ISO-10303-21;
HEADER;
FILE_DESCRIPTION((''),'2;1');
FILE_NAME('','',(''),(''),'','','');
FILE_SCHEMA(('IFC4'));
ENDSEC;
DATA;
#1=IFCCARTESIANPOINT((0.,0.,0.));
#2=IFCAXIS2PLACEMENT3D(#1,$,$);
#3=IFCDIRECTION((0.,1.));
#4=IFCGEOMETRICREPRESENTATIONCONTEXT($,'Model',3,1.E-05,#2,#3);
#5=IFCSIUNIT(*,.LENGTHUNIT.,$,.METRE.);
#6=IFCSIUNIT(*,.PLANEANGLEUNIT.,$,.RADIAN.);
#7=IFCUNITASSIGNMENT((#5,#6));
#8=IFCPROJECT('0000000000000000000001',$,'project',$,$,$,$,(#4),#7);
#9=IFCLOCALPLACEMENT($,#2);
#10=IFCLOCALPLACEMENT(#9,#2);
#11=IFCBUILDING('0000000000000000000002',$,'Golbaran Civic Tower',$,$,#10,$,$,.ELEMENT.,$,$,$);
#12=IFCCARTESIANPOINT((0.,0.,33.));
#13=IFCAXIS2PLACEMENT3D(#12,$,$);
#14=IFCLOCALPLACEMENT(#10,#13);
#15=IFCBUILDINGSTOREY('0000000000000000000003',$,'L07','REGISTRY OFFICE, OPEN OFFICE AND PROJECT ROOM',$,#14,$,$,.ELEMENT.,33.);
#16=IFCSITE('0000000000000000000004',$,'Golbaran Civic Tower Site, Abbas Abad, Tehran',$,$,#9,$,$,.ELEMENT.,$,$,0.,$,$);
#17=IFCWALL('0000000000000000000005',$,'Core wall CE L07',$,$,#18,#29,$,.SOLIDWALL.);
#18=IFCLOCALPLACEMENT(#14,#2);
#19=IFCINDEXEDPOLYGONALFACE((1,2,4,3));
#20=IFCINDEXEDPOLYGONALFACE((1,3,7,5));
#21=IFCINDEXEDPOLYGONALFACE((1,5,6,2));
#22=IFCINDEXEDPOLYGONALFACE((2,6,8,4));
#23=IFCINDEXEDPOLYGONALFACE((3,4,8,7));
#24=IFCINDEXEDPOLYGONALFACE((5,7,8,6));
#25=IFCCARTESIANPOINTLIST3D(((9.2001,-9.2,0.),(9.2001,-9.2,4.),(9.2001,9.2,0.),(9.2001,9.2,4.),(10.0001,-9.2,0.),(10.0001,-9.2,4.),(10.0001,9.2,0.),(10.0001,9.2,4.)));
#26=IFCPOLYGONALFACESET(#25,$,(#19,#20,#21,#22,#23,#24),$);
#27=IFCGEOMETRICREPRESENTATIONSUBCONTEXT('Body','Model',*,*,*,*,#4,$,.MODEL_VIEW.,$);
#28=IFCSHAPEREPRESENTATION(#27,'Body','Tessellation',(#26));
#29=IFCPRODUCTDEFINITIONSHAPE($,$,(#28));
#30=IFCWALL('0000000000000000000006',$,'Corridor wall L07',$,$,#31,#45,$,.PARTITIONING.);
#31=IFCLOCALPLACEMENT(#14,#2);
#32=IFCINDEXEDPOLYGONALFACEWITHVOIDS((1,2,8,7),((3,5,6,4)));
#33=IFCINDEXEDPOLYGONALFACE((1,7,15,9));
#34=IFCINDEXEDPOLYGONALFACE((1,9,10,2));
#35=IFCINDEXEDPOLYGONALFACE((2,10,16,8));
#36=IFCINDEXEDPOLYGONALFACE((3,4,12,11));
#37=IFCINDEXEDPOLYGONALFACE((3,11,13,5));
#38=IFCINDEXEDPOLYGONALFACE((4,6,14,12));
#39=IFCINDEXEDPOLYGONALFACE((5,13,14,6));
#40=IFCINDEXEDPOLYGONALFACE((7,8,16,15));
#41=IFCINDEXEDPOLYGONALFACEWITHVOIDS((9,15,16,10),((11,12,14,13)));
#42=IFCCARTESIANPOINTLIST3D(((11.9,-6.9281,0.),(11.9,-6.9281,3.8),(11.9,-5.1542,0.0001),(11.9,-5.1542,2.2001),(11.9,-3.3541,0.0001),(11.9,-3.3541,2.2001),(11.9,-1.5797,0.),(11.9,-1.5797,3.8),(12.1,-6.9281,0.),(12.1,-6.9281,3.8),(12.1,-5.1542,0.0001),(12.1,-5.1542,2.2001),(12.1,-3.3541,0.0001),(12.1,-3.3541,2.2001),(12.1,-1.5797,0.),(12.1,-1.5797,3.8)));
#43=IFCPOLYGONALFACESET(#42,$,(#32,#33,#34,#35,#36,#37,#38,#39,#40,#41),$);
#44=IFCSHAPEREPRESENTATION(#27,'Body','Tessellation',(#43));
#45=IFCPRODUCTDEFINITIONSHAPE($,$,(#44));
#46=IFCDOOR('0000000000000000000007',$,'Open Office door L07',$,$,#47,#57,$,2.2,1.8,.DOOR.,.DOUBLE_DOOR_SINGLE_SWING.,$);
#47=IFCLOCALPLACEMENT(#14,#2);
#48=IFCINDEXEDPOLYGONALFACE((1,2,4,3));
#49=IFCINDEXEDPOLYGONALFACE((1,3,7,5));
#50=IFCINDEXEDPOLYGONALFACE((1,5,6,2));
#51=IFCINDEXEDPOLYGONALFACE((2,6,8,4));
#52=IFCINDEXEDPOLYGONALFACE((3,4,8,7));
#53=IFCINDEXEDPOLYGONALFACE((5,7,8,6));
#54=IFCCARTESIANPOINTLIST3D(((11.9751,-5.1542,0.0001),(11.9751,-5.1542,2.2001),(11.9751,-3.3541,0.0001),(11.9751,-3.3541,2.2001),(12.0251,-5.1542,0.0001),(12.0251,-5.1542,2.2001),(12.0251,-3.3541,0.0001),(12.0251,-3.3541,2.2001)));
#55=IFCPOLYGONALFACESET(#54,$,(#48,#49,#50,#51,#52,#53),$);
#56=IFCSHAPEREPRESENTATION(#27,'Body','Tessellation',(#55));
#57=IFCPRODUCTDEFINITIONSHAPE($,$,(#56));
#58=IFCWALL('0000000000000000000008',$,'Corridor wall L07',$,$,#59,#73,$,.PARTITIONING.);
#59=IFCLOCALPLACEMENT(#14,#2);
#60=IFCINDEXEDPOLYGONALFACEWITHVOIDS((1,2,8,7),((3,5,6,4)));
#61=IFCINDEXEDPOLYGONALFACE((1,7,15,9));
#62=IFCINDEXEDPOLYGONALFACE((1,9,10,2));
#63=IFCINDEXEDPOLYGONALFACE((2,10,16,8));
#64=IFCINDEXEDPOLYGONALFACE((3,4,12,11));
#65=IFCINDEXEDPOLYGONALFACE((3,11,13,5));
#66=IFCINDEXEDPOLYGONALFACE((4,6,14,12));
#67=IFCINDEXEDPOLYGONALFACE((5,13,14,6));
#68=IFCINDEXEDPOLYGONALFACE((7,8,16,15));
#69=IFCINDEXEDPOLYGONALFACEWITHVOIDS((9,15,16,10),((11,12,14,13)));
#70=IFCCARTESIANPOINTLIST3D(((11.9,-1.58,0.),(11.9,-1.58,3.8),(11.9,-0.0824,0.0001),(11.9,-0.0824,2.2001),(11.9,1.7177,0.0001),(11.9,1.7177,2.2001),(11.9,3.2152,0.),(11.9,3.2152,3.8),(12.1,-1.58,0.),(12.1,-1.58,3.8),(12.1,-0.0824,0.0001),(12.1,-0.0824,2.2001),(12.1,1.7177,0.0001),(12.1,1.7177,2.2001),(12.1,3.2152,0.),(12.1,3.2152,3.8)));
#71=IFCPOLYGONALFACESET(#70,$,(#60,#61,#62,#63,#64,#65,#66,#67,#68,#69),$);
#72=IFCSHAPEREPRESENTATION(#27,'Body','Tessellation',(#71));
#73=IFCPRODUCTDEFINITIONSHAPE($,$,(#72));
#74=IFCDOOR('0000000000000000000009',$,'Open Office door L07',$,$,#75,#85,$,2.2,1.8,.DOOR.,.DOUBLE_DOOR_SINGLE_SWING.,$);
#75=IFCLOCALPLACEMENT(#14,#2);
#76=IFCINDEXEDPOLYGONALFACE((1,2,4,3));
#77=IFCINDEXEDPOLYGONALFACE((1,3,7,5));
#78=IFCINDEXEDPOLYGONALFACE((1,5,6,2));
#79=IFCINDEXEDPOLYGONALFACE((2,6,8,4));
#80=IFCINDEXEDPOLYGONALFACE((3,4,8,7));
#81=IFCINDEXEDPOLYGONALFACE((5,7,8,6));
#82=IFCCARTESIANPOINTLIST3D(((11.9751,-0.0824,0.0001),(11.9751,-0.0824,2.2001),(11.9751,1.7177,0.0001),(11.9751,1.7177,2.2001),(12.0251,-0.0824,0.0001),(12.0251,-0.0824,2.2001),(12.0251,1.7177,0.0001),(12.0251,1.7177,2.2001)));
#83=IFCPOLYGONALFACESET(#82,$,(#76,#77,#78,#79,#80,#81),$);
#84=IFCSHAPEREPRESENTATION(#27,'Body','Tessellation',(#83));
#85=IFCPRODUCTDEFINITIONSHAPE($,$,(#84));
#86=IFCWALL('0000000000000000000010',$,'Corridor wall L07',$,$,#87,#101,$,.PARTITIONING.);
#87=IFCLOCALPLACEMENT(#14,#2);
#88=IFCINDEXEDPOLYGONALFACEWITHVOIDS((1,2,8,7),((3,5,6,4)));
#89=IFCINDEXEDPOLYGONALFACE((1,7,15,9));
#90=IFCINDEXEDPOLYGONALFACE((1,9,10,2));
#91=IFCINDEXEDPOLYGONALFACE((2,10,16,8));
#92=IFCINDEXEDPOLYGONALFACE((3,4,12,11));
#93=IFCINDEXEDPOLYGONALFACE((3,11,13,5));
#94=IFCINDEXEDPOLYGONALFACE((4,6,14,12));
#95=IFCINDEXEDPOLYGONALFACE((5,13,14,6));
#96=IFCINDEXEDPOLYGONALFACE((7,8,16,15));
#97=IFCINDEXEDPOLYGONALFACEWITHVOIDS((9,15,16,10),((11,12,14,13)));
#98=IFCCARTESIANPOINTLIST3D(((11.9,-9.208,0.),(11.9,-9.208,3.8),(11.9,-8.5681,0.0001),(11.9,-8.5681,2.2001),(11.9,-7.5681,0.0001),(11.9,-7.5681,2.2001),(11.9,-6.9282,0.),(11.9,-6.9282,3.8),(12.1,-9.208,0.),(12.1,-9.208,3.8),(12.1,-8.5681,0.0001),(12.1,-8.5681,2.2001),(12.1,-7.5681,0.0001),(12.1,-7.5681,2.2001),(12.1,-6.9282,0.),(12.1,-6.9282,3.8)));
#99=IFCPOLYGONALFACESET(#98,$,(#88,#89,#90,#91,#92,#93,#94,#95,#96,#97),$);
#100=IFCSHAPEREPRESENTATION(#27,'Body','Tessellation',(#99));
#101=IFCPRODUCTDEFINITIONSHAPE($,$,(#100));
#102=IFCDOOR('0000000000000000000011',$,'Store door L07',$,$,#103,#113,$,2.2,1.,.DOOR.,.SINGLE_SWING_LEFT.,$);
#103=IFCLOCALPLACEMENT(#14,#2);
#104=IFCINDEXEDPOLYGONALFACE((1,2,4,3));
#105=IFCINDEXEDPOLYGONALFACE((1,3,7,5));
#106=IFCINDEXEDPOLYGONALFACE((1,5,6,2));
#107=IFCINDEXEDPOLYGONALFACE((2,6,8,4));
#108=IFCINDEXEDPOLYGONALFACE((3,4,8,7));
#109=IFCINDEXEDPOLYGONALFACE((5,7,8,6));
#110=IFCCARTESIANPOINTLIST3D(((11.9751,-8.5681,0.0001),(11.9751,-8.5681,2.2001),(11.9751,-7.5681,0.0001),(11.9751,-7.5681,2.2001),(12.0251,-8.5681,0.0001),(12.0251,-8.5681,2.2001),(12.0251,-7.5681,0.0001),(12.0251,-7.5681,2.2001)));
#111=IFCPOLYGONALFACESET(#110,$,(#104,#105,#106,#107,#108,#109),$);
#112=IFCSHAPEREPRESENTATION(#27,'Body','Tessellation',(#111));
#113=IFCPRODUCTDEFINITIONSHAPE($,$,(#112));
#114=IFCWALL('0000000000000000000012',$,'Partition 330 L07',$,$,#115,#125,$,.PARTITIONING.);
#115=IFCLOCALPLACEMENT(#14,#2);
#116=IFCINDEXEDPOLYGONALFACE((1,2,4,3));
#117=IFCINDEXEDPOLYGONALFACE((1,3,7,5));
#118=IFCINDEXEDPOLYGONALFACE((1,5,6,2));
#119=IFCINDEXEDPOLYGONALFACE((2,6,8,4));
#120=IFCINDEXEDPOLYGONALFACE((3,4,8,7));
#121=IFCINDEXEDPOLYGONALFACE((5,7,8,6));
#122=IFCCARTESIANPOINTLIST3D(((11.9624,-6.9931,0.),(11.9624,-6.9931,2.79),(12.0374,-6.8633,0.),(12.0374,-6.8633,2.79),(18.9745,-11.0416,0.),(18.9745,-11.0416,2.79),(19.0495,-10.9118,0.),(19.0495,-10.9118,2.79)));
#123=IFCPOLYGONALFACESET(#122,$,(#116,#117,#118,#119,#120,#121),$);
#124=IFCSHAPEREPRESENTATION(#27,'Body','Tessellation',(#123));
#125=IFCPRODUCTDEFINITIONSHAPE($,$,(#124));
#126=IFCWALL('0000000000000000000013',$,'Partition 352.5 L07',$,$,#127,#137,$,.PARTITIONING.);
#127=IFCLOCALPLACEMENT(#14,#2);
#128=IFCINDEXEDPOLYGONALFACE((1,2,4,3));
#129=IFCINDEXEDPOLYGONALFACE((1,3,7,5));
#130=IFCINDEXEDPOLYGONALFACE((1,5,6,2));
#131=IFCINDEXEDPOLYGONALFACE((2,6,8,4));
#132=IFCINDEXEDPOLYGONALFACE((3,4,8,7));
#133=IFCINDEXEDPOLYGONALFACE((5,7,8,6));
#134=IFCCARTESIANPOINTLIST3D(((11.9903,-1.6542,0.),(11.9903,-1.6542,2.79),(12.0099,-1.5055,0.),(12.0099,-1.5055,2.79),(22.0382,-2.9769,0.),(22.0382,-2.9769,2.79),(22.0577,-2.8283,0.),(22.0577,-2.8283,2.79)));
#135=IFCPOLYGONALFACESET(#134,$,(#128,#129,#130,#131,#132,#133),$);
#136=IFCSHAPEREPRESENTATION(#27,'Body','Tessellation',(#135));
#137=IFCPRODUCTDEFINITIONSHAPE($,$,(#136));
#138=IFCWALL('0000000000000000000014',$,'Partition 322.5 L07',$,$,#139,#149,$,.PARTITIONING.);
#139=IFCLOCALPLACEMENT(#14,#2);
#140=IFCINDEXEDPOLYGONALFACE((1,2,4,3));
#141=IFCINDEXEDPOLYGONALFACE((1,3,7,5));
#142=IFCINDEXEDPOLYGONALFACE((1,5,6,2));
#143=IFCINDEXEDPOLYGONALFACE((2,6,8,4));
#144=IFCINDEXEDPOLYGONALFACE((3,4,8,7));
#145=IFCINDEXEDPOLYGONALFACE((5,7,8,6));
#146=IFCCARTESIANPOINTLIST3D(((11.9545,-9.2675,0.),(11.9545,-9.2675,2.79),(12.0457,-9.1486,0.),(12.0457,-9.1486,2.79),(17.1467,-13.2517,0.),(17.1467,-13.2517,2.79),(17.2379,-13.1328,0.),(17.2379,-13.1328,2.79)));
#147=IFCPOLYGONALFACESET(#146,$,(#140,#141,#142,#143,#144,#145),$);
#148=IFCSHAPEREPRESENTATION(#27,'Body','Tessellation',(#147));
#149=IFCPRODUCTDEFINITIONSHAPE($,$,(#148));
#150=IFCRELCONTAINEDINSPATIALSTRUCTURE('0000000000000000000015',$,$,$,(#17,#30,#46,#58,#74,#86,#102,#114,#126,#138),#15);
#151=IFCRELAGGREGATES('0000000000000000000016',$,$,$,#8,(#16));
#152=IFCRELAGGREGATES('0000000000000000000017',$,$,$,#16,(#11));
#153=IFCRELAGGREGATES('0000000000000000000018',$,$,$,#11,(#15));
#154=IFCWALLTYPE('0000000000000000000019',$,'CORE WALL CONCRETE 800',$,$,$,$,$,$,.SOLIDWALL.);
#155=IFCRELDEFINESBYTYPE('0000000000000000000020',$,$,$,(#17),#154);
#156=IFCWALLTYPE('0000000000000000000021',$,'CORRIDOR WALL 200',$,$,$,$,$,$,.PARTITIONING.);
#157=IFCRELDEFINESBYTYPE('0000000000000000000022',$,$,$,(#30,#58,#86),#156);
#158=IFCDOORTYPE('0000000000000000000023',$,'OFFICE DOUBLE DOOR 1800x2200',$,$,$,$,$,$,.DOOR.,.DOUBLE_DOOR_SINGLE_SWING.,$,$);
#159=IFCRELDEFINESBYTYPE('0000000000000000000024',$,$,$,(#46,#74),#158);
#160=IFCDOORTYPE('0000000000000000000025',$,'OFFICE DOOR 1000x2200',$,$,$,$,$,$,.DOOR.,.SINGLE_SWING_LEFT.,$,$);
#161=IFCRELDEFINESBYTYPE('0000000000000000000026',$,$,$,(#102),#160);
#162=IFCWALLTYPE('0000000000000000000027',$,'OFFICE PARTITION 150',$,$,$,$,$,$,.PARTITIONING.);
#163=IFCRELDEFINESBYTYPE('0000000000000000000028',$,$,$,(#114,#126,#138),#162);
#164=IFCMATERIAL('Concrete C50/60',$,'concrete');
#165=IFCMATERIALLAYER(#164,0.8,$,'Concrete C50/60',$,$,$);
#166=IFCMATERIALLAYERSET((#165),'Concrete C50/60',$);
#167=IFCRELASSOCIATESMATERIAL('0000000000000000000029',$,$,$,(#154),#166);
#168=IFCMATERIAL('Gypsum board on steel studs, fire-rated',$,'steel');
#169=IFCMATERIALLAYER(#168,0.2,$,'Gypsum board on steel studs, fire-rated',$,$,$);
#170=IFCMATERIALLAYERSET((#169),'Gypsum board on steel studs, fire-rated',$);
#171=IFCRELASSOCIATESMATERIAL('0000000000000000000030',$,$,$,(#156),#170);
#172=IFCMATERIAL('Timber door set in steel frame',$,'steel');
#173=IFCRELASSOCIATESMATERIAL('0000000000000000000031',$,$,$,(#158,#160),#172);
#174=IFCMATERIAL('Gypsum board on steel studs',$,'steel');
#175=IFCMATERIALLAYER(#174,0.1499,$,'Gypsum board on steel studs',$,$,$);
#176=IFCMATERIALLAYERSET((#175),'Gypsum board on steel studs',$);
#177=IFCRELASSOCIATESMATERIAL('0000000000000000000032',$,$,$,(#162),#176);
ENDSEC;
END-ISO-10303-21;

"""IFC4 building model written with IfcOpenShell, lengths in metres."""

from ifc_helpers import new_model, si_unit, direction, frame, frame_2d, origin, place, context, subcontext, project, spatial, rectangle, extrude, material, layer, layer_set, type_object, element, fill, save


model = new_model("IFC4")

# Units and contexts
model_context = context("Model", 3, precision=1e-05, world=origin(), true_north=direction((0.0, 1.0)))
body_context = subcontext(model_context, "Body", "Model", "MODEL_VIEW")
ifc_project = project(units=[si_unit("LENGTHUNIT", "METRE"), si_unit("PLANEANGLEUNIT", "RADIAN")], contexts=[model_context])

# Site, building, storey
site_placement = place(None, origin())
site = spatial("IfcSite", under=ifc_project, at=site_placement, Name="Golbaran Civic Tower Site, Abbas Abad, Tehran", CompositionType="ELEMENT", RefElevation=0.0)
building_placement = place(site_placement, origin())
building = spatial("IfcBuilding", under=site, at=building_placement, Name="Golbaran Civic Tower", CompositionType="ELEMENT")
storey_placement = place(building_placement, frame((0.0, 0.0, 33.0)))
storey = spatial("IfcBuildingStorey", under=building, at=storey_placement, Name="L07", Description="REGISTRY OFFICE, OPEN OFFICE AND PROJECT ROOM", CompositionType="ELEMENT", Elevation=33.0)

# Shared definitions
ifc_material_1 = material(Name="Concrete C50/60", Category="concrete")
ifc_layer_1 = layer(ifc_material_1, 0.8, Name="Concrete C50/60")
ifc_layer_set_1 = layer_set([ifc_layer_1], Name="Concrete C50/60")
wall_type_1 = type_object("IfcWallType", Name="CORE WALL CONCRETE 800", PredefinedType="SOLIDWALL", material=ifc_layer_set_1)
ifc_material_2 = material(Name="Timber door set in steel frame", Category="steel")

# Wall
wall_1_placement = place(storey_placement, frame((9.6001, -9.2, 0.0), z_axis=(0.0, 0.0, 1.0), x_axis=(0.0, 1.0, 0.0)))
element("IfcWall", 1, at=wall_1_placement, inside=storey, type_object=wall_type_1, Name="Core wall CE L07", PredefinedType="SOLIDWALL", context=body_context, shape_type="SweptSolid", body=[
    extrude(rectangle(XDim=18.3999, YDim=0.8, at=frame_2d((9.2, 0.0))), origin(), (0.0, 0.0, 1.0), 4.0),
])

# Walls, openings, doors
ifc_material_3 = material(Name="Gypsum board on steel studs, fire-rated", Category="steel")
ifc_layer_2 = layer(ifc_material_3, 0.2, Name="Gypsum board on steel studs, fire-rated")
ifc_layer_set_2 = layer_set([ifc_layer_2], Name="Gypsum board on steel studs, fire-rated")
wall_type_2 = type_object("IfcWallType", Name="CORRIDOR WALL 200", PredefinedType="PARTITIONING", material=ifc_layer_set_2)
wall_2_placement = place(storey_placement, frame((12.0, -6.9282, 0.0), z_axis=(0.0, 0.0, 1.0), x_axis=(0.0, 1.0, 0.0)))
wall_2 = element("IfcWall", 2, at=wall_2_placement, inside=storey, type_object=wall_type_2, Name="Corridor wall L07", PredefinedType="PARTITIONING", context=body_context, shape_type="SweptSolid", body=[
    extrude(rectangle(XDim=5.3484, YDim=0.2, at=frame_2d((2.6743, 0.0))), origin(), (0.0, 0.0, 1.0), 3.8),
])
opening_1_placement = place(wall_2_placement, frame((1.7742, 0.0, 0.0)))
opening_1 = element("IfcOpeningElement", 3, at=opening_1_placement, cuts=wall_2, PredefinedType="OPENING", context=body_context, shape_type="SweptSolid", body=[
    extrude(rectangle(XDim=1.8, YDim=2.2, at=frame_2d((0.8999, 1.1001))), frame((0.0, 0.1099, 0.0), z_axis=(0.0, -1.0, 0.0), x_axis=(1.0, 0.0, 0.0)), (0.0, 0.0, 1.0), 0.22),
])
door_type_1 = type_object("IfcDoorType", Name="OFFICE DOUBLE DOOR 1800x2200", OperationType="DOUBLE_DOOR_SINGLE_SWING", PredefinedType="DOOR", material=ifc_material_2)
door_1_placement = place(opening_1_placement, origin())
door_1 = element("IfcDoor", 4, at=door_1_placement, inside=storey, type_object=door_type_1, Name="Open Office door L07", OperationType="DOUBLE_DOOR_SINGLE_SWING", OverallHeight=2.2, OverallWidth=1.8, PredefinedType="DOOR", context=body_context, shape_type="SweptSolid", body=[
    extrude(rectangle(XDim=1.8, YDim=2.2, at=frame_2d((0.8999, 1.1001))), frame((0.0, 0.0249, 0.0), z_axis=(0.0, -1.0, 0.0), x_axis=(1.0, 0.0, 0.0)), (0.0, 0.0, 1.0), 0.05),
])
fill(opening_1, door_1)
wall_3_placement = place(storey_placement, frame((12.0, -1.5798, 0.0), z_axis=(0.0, 0.0, 1.0), x_axis=(0.0, 1.0, 0.0)))
wall_3 = element("IfcWall", 5, at=wall_3_placement, inside=storey, type_object=wall_type_2, Name="Corridor wall L07", PredefinedType="PARTITIONING", context=body_context, shape_type="SweptSolid", body=[
    extrude(rectangle(XDim=4.7952, YDim=0.2, at=frame_2d((2.3975, 0.0))), origin(), (0.0, 0.0, 1.0), 3.8),
])
opening_2_placement = place(wall_3_placement, frame((1.4976, 0.0, 0.0)))
opening_2 = element("IfcOpeningElement", 6, at=opening_2_placement, cuts=wall_3, PredefinedType="OPENING", context=body_context, shape_type="SweptSolid", body=[
    extrude(rectangle(XDim=1.8, YDim=2.2, at=frame_2d((0.8999, 1.1001))), frame((0.0, 0.1099, 0.0), z_axis=(0.0, -1.0, 0.0), x_axis=(1.0, 0.0, 0.0)), (0.0, 0.0, 1.0), 0.22),
])
door_2_placement = place(opening_2_placement, origin())
door_2 = element("IfcDoor", 7, at=door_2_placement, inside=storey, type_object=door_type_1, Name="Open Office door L07", OperationType="DOUBLE_DOOR_SINGLE_SWING", OverallHeight=2.2, OverallWidth=1.8, PredefinedType="DOOR", context=body_context, shape_type="SweptSolid", body=[
    extrude(rectangle(XDim=1.8, YDim=2.2, at=frame_2d((0.8999, 1.1001))), frame((0.0, 0.0249, 0.0), z_axis=(0.0, -1.0, 0.0), x_axis=(1.0, 0.0, 0.0)), (0.0, 0.0, 1.0), 0.05),
])
fill(opening_2, door_2)
wall_4_placement = place(storey_placement, frame((12.0, -9.208, 0.0), z_axis=(0.0, 0.0, 1.0), x_axis=(0.0, 1.0, 0.0)))
wall_4 = element("IfcWall", 8, at=wall_4_placement, inside=storey, type_object=wall_type_2, Name="Corridor wall L07", PredefinedType="PARTITIONING", context=body_context, shape_type="SweptSolid", body=[
    extrude(rectangle(XDim=2.2798, YDim=0.2, at=frame_2d((1.1399, 0.0))), origin(), (0.0, 0.0, 1.0), 3.8),
])
opening_3_placement = place(wall_4_placement, frame((0.6399, 0.0, 0.0)))
opening_3 = element("IfcOpeningElement", 9, at=opening_3_placement, cuts=wall_4, PredefinedType="OPENING", context=body_context, shape_type="SweptSolid", body=[
    extrude(rectangle(XDim=1.0, YDim=2.2, at=frame_2d((0.5, 1.1001))), frame((0.0, 0.1099, 0.0), z_axis=(0.0, -1.0, 0.0), x_axis=(1.0, 0.0, 0.0)), (0.0, 0.0, 1.0), 0.22),
])
door_type_2 = type_object("IfcDoorType", Name="OFFICE DOOR 1000x2200", OperationType="SINGLE_SWING_LEFT", PredefinedType="DOOR", material=ifc_material_2)
door_3_placement = place(opening_3_placement, origin())
door_3 = element("IfcDoor", 10, at=door_3_placement, inside=storey, type_object=door_type_2, Name="Store door L07", OperationType="SINGLE_SWING_LEFT", OverallHeight=2.2, OverallWidth=1.0, PredefinedType="DOOR", context=body_context, shape_type="SweptSolid", body=[
    extrude(rectangle(XDim=1.0, YDim=2.2, at=frame_2d((0.5, 1.1001))), frame((0.0, 0.0249, 0.0), z_axis=(0.0, -1.0, 0.0), x_axis=(1.0, 0.0, 0.0)), (0.0, 0.0, 1.0), 0.05),
])
fill(opening_3, door_3)

# Walls
ifc_material_4 = material(Name="Gypsum board on steel studs", Category="steel")
ifc_layer_3 = layer(ifc_material_4, 0.1499, Name="Gypsum board on steel studs")
ifc_layer_set_3 = layer_set([ifc_layer_3], Name="Gypsum board on steel studs")
wall_type_3 = type_object("IfcWallType", Name="OFFICE PARTITION 150", PredefinedType="PARTITIONING", material=ifc_layer_set_3)
wall_5_placement = place(storey_placement, frame((12.0, -6.9282, 0.0), z_axis=(0.0, 0.0, 1.0), x_axis=(0.866021, -0.500008, 0.0)))
element("IfcWall", 11, at=wall_5_placement, inside=storey, type_object=wall_type_3, Name="Partition 330 L07", PredefinedType="PARTITIONING", context=body_context, shape_type="SweptSolid", body=[
    extrude(rectangle(XDim=8.0969, YDim=0.1499, at=frame_2d((4.0483, 0.0))), origin(), (0.0, 0.0, 1.0), 2.79),
])
wall_6_placement = place(storey_placement, frame((12.0, -1.5798, 0.0), z_axis=(0.0, 0.0, 1.0), x_axis=(0.991446, -0.130519, 0.0)))
element("IfcWall", 12, at=wall_6_placement, inside=storey, type_object=wall_type_3, Name="Partition 352.5 L07", PredefinedType="PARTITIONING", context=body_context, shape_type="SweptSolid", body=[
    extrude(rectangle(XDim=10.1345, YDim=0.1499, at=frame_2d((5.0674, 0.0))), origin(), (0.0, 0.0, 1.0), 2.79),
])
wall_7_placement = place(storey_placement, frame((12.0, -9.208, 0.0), z_axis=(0.0, 0.0, 1.0), x_axis=(0.793349, -0.608767, 0.0)))
element("IfcWall", 13, at=wall_7_placement, inside=storey, type_object=wall_type_3, Name="Partition 322.5 L07", PredefinedType="PARTITIONING", context=body_context, shape_type="SweptSolid", body=[
    extrude(rectangle(XDim=6.5447, YDim=0.1499, at=frame_2d((3.2725, 0.0))), origin(), (0.0, 0.0, 1.0), 2.79),
])

save(model, "model.ifc")
